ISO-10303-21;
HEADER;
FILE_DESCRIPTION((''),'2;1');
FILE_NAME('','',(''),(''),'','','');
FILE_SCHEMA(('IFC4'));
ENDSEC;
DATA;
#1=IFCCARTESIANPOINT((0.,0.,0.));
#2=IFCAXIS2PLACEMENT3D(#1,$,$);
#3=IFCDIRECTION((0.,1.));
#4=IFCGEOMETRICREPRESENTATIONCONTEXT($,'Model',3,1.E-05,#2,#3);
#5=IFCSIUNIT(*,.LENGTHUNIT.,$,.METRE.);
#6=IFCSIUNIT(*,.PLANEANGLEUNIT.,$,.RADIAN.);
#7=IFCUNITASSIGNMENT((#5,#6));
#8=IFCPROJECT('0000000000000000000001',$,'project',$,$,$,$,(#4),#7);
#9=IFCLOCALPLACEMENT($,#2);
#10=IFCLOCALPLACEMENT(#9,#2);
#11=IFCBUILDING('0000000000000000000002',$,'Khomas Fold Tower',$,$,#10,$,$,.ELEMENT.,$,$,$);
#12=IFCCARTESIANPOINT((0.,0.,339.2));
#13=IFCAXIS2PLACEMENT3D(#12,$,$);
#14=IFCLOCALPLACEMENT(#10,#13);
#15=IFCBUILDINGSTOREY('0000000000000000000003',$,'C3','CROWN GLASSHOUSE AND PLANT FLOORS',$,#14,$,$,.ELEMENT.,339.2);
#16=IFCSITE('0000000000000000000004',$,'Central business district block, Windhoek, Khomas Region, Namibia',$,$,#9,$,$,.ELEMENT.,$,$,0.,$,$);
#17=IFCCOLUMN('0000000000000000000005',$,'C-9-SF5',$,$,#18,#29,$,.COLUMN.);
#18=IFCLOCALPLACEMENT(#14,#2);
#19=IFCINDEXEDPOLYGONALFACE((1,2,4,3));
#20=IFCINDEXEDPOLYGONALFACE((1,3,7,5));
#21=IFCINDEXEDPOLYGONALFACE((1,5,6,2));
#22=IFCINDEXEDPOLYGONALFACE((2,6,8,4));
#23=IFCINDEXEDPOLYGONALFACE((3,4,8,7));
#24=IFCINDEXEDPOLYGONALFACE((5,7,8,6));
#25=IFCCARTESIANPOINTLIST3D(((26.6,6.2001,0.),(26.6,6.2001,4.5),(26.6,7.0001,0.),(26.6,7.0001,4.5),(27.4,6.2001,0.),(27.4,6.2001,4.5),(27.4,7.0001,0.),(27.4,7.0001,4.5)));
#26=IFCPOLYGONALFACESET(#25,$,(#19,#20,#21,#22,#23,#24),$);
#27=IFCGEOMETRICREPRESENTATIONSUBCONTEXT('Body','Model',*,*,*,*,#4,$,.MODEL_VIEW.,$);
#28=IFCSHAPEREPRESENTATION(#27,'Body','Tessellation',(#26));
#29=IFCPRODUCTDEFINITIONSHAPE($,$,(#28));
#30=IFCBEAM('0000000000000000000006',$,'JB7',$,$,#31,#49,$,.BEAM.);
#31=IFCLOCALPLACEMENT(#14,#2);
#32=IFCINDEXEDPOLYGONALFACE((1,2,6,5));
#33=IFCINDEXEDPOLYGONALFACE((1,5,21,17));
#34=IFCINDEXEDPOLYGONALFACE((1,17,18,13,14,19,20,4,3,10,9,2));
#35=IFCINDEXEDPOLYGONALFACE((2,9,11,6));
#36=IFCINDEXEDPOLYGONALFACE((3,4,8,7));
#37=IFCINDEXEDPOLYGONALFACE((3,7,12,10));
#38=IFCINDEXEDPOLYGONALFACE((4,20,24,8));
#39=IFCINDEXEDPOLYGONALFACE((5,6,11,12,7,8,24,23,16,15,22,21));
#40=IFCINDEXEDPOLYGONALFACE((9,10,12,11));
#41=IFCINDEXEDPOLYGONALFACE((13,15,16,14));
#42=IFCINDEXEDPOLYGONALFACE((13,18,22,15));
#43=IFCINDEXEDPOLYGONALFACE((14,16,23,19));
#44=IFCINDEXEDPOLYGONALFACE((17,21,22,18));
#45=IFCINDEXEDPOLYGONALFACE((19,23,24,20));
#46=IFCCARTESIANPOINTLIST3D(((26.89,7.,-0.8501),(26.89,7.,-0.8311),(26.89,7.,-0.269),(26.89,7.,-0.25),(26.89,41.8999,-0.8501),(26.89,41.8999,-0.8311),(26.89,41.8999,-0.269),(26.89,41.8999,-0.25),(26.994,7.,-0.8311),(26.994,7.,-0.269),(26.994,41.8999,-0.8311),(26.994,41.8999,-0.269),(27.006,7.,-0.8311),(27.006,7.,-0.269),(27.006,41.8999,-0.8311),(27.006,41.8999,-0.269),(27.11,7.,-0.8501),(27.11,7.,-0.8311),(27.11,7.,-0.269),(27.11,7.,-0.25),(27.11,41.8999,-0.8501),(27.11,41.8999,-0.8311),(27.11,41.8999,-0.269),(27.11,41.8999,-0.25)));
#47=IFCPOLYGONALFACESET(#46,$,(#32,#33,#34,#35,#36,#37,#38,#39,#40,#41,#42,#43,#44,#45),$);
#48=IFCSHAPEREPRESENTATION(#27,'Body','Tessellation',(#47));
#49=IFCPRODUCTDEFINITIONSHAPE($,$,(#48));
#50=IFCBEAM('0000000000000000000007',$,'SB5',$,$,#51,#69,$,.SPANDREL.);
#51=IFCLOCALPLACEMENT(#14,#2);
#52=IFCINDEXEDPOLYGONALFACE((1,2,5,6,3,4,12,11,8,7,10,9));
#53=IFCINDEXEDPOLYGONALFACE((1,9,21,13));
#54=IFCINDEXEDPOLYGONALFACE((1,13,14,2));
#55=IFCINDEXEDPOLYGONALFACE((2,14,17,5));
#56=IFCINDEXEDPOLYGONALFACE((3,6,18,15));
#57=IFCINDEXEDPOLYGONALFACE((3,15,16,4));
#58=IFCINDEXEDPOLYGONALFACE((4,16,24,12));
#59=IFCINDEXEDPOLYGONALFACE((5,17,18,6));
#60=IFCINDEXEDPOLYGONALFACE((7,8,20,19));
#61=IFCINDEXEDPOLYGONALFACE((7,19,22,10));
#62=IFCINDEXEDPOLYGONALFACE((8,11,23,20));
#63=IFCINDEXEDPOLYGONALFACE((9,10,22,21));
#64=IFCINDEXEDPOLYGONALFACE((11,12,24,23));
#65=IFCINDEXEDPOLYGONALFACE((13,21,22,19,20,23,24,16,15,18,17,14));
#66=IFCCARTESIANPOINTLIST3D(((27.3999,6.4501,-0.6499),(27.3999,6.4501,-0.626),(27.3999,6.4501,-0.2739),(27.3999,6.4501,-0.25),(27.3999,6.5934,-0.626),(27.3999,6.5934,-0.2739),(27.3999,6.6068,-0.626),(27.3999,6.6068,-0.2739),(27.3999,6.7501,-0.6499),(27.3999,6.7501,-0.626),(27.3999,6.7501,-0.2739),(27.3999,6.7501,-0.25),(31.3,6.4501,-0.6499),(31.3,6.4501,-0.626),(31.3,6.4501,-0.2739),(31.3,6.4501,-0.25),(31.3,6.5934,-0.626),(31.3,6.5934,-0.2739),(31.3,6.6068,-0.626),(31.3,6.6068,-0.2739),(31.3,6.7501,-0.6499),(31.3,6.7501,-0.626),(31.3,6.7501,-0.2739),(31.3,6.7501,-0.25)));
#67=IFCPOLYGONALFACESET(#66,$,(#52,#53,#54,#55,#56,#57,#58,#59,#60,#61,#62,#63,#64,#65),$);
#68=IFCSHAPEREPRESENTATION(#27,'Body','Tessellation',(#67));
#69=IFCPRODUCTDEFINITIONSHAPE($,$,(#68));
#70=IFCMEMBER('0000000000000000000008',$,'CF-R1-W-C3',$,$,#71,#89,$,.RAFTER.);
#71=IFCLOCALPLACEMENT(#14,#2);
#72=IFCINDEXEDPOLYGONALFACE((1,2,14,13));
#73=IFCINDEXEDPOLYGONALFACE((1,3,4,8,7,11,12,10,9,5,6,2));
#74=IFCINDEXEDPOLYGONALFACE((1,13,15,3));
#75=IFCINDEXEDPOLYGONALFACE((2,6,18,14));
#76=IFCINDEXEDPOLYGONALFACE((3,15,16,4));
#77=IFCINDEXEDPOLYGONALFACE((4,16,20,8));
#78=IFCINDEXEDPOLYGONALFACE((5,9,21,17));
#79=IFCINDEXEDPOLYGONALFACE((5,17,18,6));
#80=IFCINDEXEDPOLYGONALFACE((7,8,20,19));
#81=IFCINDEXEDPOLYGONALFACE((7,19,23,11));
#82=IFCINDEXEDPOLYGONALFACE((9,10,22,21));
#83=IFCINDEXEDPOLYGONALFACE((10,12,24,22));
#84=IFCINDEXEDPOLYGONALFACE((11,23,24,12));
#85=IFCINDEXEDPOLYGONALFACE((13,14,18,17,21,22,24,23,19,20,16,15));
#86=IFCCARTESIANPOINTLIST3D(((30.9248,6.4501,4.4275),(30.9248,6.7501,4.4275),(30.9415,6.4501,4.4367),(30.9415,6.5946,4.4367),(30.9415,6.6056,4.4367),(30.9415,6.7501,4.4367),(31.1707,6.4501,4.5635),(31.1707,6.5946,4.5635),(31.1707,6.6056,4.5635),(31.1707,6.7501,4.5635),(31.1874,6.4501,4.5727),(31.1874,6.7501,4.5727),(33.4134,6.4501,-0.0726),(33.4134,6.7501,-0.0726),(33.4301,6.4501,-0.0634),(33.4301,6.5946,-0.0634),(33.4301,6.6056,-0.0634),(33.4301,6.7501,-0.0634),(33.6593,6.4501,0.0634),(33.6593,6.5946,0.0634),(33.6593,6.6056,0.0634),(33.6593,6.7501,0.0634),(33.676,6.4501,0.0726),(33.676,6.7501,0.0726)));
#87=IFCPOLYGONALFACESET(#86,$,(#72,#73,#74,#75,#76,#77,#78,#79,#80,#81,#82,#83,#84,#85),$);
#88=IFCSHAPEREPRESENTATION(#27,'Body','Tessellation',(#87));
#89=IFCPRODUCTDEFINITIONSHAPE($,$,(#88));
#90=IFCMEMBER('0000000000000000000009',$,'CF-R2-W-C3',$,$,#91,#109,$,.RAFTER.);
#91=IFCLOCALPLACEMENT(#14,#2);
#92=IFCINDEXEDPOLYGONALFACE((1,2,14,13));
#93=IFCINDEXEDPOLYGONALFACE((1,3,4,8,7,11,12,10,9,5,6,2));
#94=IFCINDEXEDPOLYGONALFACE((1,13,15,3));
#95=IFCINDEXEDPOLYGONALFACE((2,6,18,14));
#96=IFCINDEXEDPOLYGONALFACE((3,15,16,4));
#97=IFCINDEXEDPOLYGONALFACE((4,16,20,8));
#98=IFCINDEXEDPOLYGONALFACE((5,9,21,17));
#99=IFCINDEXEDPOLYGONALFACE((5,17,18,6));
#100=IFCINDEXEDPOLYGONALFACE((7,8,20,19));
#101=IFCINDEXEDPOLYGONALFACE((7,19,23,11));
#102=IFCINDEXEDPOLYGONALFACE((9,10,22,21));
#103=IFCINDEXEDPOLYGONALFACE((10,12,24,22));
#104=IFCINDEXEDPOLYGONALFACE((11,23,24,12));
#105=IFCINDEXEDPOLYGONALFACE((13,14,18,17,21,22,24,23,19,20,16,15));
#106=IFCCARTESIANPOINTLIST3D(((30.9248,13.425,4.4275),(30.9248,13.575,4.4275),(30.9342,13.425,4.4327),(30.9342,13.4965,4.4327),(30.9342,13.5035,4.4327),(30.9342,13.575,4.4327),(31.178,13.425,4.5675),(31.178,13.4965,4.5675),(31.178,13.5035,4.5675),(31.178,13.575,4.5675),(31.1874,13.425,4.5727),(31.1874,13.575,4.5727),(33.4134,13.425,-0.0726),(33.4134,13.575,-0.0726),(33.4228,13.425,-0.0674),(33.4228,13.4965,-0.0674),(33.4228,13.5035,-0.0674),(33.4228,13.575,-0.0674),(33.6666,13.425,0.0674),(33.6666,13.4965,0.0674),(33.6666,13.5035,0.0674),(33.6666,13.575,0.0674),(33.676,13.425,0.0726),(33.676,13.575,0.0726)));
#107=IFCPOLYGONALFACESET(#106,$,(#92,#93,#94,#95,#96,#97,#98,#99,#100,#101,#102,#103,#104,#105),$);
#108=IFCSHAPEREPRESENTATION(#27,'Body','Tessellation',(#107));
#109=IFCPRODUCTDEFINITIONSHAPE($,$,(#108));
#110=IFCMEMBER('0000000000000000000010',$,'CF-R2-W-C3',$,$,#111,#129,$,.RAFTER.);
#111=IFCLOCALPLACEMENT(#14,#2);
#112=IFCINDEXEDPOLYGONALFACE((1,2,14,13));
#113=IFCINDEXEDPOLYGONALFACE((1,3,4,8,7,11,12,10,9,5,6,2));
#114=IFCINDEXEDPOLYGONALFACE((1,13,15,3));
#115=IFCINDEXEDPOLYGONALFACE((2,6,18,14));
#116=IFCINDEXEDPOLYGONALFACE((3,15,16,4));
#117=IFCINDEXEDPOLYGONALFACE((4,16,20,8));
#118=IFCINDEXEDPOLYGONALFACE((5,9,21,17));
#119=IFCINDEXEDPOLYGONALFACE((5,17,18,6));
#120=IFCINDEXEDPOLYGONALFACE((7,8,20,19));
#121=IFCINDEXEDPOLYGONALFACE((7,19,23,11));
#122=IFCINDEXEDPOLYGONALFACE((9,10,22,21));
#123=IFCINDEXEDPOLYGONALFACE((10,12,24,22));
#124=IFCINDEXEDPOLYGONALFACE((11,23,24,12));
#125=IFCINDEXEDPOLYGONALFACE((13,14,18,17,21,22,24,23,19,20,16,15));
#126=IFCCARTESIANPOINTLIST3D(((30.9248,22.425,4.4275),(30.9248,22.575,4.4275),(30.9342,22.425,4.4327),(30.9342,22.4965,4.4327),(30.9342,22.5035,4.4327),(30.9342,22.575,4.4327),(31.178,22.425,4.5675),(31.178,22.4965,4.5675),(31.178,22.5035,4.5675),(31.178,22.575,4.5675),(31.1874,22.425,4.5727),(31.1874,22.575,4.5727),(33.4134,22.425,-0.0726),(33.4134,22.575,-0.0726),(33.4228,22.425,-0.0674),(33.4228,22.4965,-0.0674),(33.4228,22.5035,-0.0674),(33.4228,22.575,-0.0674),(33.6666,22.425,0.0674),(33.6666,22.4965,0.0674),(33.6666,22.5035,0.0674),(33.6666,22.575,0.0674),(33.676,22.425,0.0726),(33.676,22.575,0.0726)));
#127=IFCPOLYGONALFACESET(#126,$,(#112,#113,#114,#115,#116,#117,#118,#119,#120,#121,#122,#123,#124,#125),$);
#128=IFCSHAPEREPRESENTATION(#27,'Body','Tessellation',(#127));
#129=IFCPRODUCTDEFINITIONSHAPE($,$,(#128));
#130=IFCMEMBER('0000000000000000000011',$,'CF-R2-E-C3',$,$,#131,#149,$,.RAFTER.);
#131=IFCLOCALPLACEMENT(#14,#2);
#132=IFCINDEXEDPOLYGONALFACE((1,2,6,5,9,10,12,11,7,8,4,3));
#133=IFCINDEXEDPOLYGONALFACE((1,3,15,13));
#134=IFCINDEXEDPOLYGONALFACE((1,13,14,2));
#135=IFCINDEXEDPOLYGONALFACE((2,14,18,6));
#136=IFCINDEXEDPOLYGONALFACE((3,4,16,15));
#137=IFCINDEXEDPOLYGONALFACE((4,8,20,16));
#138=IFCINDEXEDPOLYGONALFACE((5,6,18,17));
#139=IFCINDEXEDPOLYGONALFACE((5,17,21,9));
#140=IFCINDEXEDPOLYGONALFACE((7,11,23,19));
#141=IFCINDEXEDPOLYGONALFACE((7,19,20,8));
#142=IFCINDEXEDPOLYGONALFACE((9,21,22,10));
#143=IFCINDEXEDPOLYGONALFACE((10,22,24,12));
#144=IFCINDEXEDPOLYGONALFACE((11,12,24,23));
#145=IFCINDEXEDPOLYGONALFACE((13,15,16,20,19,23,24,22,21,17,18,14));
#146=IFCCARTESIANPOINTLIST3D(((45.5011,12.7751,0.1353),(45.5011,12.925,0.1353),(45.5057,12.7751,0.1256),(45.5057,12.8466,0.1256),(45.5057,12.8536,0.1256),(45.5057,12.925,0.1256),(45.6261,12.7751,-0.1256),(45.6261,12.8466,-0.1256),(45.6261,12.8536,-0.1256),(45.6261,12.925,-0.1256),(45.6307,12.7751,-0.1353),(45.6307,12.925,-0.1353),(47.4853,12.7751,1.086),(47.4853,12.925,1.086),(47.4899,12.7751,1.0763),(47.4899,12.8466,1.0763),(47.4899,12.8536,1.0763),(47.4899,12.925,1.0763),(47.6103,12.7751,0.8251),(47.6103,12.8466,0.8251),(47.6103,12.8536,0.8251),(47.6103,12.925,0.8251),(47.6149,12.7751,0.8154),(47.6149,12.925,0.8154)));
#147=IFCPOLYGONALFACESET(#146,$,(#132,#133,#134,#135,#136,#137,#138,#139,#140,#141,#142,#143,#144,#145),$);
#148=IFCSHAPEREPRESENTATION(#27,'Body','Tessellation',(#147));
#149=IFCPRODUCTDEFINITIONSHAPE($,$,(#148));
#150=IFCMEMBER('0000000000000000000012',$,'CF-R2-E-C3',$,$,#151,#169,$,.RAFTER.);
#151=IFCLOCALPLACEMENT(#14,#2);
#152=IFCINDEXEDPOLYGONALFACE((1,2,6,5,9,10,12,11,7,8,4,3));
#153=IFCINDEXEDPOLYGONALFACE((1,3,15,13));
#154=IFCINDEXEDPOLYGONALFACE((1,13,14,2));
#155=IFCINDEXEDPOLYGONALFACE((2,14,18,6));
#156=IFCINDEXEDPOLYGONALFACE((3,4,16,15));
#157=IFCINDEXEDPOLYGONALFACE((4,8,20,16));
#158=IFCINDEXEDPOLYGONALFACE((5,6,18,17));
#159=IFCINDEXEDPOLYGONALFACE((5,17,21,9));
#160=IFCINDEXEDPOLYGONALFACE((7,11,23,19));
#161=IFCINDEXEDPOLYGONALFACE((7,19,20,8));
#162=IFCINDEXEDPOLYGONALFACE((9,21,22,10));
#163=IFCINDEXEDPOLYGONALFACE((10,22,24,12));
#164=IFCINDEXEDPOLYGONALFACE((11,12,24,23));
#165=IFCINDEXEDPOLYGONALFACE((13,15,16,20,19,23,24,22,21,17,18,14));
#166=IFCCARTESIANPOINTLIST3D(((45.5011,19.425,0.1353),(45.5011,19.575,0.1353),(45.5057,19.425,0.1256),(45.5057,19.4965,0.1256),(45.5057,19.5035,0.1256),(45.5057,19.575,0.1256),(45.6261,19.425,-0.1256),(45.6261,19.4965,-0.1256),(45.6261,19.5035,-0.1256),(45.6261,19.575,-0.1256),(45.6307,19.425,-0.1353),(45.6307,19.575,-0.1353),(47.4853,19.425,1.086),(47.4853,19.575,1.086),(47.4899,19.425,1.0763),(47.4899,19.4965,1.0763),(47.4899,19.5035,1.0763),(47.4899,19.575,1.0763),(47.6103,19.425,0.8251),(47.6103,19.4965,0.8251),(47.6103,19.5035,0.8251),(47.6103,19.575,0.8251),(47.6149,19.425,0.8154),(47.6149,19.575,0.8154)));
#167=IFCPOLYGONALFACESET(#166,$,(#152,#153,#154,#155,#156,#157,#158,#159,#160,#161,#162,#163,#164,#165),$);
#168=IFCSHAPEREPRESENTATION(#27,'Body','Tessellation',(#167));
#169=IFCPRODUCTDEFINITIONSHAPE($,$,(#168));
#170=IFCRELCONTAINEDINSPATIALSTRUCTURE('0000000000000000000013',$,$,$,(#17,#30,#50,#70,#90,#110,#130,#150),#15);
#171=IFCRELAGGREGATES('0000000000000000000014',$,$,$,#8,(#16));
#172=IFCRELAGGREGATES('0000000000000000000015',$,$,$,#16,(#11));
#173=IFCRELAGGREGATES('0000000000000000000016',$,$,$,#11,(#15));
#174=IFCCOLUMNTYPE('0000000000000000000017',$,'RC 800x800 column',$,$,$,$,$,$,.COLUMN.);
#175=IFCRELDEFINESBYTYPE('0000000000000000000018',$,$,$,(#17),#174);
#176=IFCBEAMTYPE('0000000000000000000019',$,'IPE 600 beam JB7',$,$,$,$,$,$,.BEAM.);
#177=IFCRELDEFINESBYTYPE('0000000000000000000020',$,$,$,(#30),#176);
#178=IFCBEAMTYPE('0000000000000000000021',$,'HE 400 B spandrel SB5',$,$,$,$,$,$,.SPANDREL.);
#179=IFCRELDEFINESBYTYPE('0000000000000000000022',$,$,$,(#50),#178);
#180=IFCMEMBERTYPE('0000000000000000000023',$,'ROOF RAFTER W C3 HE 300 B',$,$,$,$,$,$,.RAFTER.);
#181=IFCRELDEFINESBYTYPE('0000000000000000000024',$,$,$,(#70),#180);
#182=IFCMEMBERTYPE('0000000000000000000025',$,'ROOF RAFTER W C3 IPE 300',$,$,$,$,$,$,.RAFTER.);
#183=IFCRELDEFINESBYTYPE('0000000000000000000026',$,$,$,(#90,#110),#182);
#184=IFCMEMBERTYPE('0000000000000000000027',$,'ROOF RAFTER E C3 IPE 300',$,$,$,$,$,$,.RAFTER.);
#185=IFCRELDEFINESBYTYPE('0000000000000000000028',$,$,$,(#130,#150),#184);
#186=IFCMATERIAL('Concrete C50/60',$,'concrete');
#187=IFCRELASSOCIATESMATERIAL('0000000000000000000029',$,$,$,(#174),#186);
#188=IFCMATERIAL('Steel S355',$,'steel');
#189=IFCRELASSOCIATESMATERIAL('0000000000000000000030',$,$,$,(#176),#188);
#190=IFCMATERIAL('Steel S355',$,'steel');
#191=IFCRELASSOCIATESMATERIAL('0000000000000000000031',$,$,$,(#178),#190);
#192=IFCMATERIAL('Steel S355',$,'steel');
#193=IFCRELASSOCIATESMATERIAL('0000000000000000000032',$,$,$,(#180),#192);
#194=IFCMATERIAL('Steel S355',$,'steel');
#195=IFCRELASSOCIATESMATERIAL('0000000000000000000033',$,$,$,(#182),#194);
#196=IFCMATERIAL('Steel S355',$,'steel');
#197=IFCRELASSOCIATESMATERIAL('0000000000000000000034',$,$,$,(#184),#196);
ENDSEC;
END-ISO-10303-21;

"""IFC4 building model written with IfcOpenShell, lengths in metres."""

from ifc_helpers import new_model, si_unit, direction, frame, origin, origin_2d, place, context, subcontext, project, spatial, rectangle, i_section, extrude, source, transform, mapped, material, material_profile, profile_set, type_object, element, save


model = new_model("IFC4")

# Units and contexts
model_context = context("Model", 3, precision=1e-05, world=origin(), true_north=direction((0.0, 1.0)))
body_context = subcontext(model_context, "Body", "Model", "MODEL_VIEW")
ifc_project = project(units=[si_unit("LENGTHUNIT", "METRE"), si_unit("PLANEANGLEUNIT", "RADIAN")], contexts=[model_context])

# Site, building, storey
site_placement = place(None, origin())
site = spatial("IfcSite", under=ifc_project, at=site_placement, Name="Central business district block, Windhoek, Khomas Region, Namibia", CompositionType="ELEMENT", RefElevation=0.0)
building_placement = place(site_placement, origin())
building = spatial("IfcBuilding", under=site, at=building_placement, Name="Khomas Fold Tower", CompositionType="ELEMENT")
storey_placement = place(building_placement, frame((0.0, 0.0, 339.2)))
storey = spatial("IfcBuildingStorey", under=building, at=storey_placement, Name="C3", Description="CROWN GLASSHOUSE AND PLANT FLOORS", CompositionType="ELEMENT", Elevation=339.2)

# Column
ifc_material_1 = material(Name="Concrete C50/60", Category="concrete")
ifc_material_profile_1 = material_profile(ifc_material_1, rectangle(XDim=0.8, YDim=0.8, at=origin_2d()), Name="RC 800x800")
ifc_profile_set_1 = profile_set([ifc_material_profile_1], Name="Concrete C50/60")
column_type = type_object("IfcColumnType", Name="RC 800x800 column", PredefinedType="COLUMN", material=ifc_profile_set_1)
shared_shape_1 = source(origin(), body_context, "Body", "SweptSolid", [
    extrude(rectangle(XDim=0.8, YDim=0.8, at=origin_2d()), origin(), (0.0, 0.0, 1.0), 4.5),
])
column_placement = place(storey_placement, frame((27.0, 6.6001, 0.0), z_axis=(0.0, 0.0, 1.0), x_axis=(1.0, 0.0, 0.0)))
element("IfcColumn", 1, at=column_placement, inside=storey, type_object=column_type, Name="C-9-SF5", PredefinedType="COLUMN", context=body_context, shape_type="MappedRepresentation", body=[
    mapped(shared_shape_1, transform((0.0, 0.0, 0.0))),
])

# Beams
ifc_material_2 = material(Name="Steel S355", Category="steel")
ifc_material_profile_2 = material_profile(ifc_material_2, i_section(OverallWidth=0.22, OverallDepth=0.6001, WebThickness=0.012, FlangeThickness=0.019, at=origin_2d()), Name="IPE 600")
ifc_profile_set_2 = profile_set([ifc_material_profile_2], Name="Steel S355")
beam_type_1 = type_object("IfcBeamType", Name="IPE 600 beam JB7", PredefinedType="BEAM", material=ifc_profile_set_2)
shared_shape_2 = source(origin(), body_context, "Body", "SweptSolid", [
    extrude(i_section(OverallWidth=0.22, OverallDepth=0.6001, WebThickness=0.012, FlangeThickness=0.019, at=origin_2d()), origin(), (0.0, 0.0, 1.0), 34.8999),
])
beam_1_placement = place(storey_placement, frame((27.0, 7.0, -0.55), z_axis=(0.0, 1.0, 0.0), x_axis=(-1.0, 0.0, 0.0)))
element("IfcBeam", 2, at=beam_1_placement, inside=storey, type_object=beam_type_1, Name="JB7", PredefinedType="BEAM", context=body_context, shape_type="MappedRepresentation", body=[
    mapped(shared_shape_2, transform((0.0, 0.0, 0.0))),
])
ifc_material_3 = material(Name="Steel S355", Category="steel")
ifc_material_profile_3 = material_profile(ifc_material_3, i_section(OverallWidth=0.3, OverallDepth=0.3999, WebThickness=0.0134, FlangeThickness=0.0239, at=origin_2d()), Name="HE 400 B")
ifc_profile_set_3 = profile_set([ifc_material_profile_3], Name="Steel S355")
beam_type_2 = type_object("IfcBeamType", Name="HE 400 B spandrel SB5", PredefinedType="SPANDREL", material=ifc_profile_set_3)
shared_shape_3 = source(origin(), body_context, "Body", "SweptSolid", [
    extrude(i_section(OverallWidth=0.3, OverallDepth=0.3999, WebThickness=0.0134, FlangeThickness=0.0239, at=origin_2d()), origin(), (0.0, 0.0, 1.0), 3.9001),
])
beam_2_placement = place(storey_placement, frame((27.3999, 6.6001, -0.45), z_axis=(1.0, 0.0, 0.0), x_axis=(0.0, 1.0, 0.0)))
element("IfcBeam", 3, at=beam_2_placement, inside=storey, type_object=beam_type_2, Name="SB5", PredefinedType="SPANDREL", context=body_context, shape_type="MappedRepresentation", body=[
    mapped(shared_shape_3, transform((0.0, 0.0, 0.0))),
])

# Members
ifc_material_4 = material(Name="Steel S355", Category="steel")
ifc_material_profile_4 = material_profile(ifc_material_4, i_section(OverallWidth=0.3, OverallDepth=0.3, WebThickness=0.011, FlangeThickness=0.019, at=origin_2d()), Name="HE 300 B")
ifc_profile_set_4 = profile_set([ifc_material_profile_4], Name="Steel S355")
member_type_1 = type_object("IfcMemberType", Name="ROOF RAFTER W C3 HE 300 B", PredefinedType="RAFTER", material=ifc_profile_set_4)
shared_shape_4 = source(origin(), body_context, "Body", "SweptSolid", [
    extrude(i_section(OverallWidth=0.3, OverallDepth=0.3, WebThickness=0.011, FlangeThickness=0.019, at=origin_2d()), origin(), (0.0, 0.0, 1.0), 5.1423),
])
member_1_placement = place(storey_placement, frame((33.5447, 6.6001, 0.0), z_axis=(-0.483937, 0.0, 0.875103), x_axis=(0.0, -1.0, 0.0)))
element("IfcMember", 4, at=member_1_placement, inside=storey, type_object=member_type_1, Name="CF-R1-W-C3", PredefinedType="RAFTER", context=body_context, shape_type="MappedRepresentation", body=[
    mapped(shared_shape_4, transform((0.0, 0.0, 0.0))),
])
ifc_material_5 = material(Name="Steel S355", Category="steel")
ifc_material_profile_5 = material_profile(ifc_material_5, i_section(OverallWidth=0.1499, OverallDepth=0.3, WebThickness=0.0071, FlangeThickness=0.0107, at=origin_2d()), Name="IPE 300")
ifc_profile_set_5 = profile_set([ifc_material_profile_5], Name="Steel S355")
member_type_2 = type_object("IfcMemberType", Name="ROOF RAFTER W C3 IPE 300", PredefinedType="RAFTER", material=ifc_profile_set_5)
shared_shape_5 = source(origin(), body_context, "Body", "SweptSolid", [
    extrude(i_section(OverallWidth=0.1499, OverallDepth=0.3, WebThickness=0.0071, FlangeThickness=0.0107, at=origin_2d()), origin(), (0.0, 0.0, 1.0), 5.1423),
])
for number, where, z_axis, x_axis, name in (
    (5, (33.5447, 13.5, 0.0), (-0.483937, 0.0, 0.875103), (0.0, -1.0, 0.0), "CF-R2-W-C3"),
    (6, (33.5447, 22.5, 0.0), (-0.483937, 0.0, 0.875103), (0.0, -1.0, 0.0), "CF-R2-W-C3"),
):
    element("IfcMember", number, at=place(storey_placement, frame(where, z_axis=z_axis, x_axis=x_axis)), inside=storey, type_object=member_type_2, Name=name, PredefinedType="RAFTER", context=body_context, shape_type="MappedRepresentation", body=[
        mapped(shared_shape_5, transform((0.0, 0.0, 0.0))),
    ])
ifc_material_6 = material(Name="Steel S355", Category="steel")
ifc_material_profile_6 = material_profile(ifc_material_6, i_section(OverallWidth=0.1499, OverallDepth=0.3, WebThickness=0.0071, FlangeThickness=0.0107, at=origin_2d()), Name="IPE 300")
ifc_profile_set_6 = profile_set([ifc_material_profile_6], Name="Steel S355")
member_type_3 = type_object("IfcMemberType", Name="ROOF RAFTER E C3 IPE 300", PredefinedType="RAFTER", material=ifc_profile_set_6)
shared_shape_6 = source(origin(), body_context, "Body", "SweptSolid", [
    extrude(i_section(OverallWidth=0.1499, OverallDepth=0.3, WebThickness=0.0071, FlangeThickness=0.0107, at=origin_2d()), origin(), (0.0, 0.0, 1.0), 2.2002),
])
for number, where, z_axis, x_axis, name in (
    (7, (45.5659, 12.8501, 0.0), (0.901824, 0.0, 0.432103), (0.0, 1.0, 0.0), "CF-R2-E-C3"),
    (8, (45.5659, 19.5, 0.0), (0.901824, 0.0, 0.432103), (0.0, 1.0, 0.0), "CF-R2-E-C3"),
):
    element("IfcMember", number, at=place(storey_placement, frame(where, z_axis=z_axis, x_axis=x_axis)), inside=storey, type_object=member_type_3, Name=name, PredefinedType="RAFTER", context=body_context, shape_type="MappedRepresentation", body=[
        mapped(shared_shape_6, transform((0.0, 0.0, 0.0))),
    ])

save(model, "model.ifc")
